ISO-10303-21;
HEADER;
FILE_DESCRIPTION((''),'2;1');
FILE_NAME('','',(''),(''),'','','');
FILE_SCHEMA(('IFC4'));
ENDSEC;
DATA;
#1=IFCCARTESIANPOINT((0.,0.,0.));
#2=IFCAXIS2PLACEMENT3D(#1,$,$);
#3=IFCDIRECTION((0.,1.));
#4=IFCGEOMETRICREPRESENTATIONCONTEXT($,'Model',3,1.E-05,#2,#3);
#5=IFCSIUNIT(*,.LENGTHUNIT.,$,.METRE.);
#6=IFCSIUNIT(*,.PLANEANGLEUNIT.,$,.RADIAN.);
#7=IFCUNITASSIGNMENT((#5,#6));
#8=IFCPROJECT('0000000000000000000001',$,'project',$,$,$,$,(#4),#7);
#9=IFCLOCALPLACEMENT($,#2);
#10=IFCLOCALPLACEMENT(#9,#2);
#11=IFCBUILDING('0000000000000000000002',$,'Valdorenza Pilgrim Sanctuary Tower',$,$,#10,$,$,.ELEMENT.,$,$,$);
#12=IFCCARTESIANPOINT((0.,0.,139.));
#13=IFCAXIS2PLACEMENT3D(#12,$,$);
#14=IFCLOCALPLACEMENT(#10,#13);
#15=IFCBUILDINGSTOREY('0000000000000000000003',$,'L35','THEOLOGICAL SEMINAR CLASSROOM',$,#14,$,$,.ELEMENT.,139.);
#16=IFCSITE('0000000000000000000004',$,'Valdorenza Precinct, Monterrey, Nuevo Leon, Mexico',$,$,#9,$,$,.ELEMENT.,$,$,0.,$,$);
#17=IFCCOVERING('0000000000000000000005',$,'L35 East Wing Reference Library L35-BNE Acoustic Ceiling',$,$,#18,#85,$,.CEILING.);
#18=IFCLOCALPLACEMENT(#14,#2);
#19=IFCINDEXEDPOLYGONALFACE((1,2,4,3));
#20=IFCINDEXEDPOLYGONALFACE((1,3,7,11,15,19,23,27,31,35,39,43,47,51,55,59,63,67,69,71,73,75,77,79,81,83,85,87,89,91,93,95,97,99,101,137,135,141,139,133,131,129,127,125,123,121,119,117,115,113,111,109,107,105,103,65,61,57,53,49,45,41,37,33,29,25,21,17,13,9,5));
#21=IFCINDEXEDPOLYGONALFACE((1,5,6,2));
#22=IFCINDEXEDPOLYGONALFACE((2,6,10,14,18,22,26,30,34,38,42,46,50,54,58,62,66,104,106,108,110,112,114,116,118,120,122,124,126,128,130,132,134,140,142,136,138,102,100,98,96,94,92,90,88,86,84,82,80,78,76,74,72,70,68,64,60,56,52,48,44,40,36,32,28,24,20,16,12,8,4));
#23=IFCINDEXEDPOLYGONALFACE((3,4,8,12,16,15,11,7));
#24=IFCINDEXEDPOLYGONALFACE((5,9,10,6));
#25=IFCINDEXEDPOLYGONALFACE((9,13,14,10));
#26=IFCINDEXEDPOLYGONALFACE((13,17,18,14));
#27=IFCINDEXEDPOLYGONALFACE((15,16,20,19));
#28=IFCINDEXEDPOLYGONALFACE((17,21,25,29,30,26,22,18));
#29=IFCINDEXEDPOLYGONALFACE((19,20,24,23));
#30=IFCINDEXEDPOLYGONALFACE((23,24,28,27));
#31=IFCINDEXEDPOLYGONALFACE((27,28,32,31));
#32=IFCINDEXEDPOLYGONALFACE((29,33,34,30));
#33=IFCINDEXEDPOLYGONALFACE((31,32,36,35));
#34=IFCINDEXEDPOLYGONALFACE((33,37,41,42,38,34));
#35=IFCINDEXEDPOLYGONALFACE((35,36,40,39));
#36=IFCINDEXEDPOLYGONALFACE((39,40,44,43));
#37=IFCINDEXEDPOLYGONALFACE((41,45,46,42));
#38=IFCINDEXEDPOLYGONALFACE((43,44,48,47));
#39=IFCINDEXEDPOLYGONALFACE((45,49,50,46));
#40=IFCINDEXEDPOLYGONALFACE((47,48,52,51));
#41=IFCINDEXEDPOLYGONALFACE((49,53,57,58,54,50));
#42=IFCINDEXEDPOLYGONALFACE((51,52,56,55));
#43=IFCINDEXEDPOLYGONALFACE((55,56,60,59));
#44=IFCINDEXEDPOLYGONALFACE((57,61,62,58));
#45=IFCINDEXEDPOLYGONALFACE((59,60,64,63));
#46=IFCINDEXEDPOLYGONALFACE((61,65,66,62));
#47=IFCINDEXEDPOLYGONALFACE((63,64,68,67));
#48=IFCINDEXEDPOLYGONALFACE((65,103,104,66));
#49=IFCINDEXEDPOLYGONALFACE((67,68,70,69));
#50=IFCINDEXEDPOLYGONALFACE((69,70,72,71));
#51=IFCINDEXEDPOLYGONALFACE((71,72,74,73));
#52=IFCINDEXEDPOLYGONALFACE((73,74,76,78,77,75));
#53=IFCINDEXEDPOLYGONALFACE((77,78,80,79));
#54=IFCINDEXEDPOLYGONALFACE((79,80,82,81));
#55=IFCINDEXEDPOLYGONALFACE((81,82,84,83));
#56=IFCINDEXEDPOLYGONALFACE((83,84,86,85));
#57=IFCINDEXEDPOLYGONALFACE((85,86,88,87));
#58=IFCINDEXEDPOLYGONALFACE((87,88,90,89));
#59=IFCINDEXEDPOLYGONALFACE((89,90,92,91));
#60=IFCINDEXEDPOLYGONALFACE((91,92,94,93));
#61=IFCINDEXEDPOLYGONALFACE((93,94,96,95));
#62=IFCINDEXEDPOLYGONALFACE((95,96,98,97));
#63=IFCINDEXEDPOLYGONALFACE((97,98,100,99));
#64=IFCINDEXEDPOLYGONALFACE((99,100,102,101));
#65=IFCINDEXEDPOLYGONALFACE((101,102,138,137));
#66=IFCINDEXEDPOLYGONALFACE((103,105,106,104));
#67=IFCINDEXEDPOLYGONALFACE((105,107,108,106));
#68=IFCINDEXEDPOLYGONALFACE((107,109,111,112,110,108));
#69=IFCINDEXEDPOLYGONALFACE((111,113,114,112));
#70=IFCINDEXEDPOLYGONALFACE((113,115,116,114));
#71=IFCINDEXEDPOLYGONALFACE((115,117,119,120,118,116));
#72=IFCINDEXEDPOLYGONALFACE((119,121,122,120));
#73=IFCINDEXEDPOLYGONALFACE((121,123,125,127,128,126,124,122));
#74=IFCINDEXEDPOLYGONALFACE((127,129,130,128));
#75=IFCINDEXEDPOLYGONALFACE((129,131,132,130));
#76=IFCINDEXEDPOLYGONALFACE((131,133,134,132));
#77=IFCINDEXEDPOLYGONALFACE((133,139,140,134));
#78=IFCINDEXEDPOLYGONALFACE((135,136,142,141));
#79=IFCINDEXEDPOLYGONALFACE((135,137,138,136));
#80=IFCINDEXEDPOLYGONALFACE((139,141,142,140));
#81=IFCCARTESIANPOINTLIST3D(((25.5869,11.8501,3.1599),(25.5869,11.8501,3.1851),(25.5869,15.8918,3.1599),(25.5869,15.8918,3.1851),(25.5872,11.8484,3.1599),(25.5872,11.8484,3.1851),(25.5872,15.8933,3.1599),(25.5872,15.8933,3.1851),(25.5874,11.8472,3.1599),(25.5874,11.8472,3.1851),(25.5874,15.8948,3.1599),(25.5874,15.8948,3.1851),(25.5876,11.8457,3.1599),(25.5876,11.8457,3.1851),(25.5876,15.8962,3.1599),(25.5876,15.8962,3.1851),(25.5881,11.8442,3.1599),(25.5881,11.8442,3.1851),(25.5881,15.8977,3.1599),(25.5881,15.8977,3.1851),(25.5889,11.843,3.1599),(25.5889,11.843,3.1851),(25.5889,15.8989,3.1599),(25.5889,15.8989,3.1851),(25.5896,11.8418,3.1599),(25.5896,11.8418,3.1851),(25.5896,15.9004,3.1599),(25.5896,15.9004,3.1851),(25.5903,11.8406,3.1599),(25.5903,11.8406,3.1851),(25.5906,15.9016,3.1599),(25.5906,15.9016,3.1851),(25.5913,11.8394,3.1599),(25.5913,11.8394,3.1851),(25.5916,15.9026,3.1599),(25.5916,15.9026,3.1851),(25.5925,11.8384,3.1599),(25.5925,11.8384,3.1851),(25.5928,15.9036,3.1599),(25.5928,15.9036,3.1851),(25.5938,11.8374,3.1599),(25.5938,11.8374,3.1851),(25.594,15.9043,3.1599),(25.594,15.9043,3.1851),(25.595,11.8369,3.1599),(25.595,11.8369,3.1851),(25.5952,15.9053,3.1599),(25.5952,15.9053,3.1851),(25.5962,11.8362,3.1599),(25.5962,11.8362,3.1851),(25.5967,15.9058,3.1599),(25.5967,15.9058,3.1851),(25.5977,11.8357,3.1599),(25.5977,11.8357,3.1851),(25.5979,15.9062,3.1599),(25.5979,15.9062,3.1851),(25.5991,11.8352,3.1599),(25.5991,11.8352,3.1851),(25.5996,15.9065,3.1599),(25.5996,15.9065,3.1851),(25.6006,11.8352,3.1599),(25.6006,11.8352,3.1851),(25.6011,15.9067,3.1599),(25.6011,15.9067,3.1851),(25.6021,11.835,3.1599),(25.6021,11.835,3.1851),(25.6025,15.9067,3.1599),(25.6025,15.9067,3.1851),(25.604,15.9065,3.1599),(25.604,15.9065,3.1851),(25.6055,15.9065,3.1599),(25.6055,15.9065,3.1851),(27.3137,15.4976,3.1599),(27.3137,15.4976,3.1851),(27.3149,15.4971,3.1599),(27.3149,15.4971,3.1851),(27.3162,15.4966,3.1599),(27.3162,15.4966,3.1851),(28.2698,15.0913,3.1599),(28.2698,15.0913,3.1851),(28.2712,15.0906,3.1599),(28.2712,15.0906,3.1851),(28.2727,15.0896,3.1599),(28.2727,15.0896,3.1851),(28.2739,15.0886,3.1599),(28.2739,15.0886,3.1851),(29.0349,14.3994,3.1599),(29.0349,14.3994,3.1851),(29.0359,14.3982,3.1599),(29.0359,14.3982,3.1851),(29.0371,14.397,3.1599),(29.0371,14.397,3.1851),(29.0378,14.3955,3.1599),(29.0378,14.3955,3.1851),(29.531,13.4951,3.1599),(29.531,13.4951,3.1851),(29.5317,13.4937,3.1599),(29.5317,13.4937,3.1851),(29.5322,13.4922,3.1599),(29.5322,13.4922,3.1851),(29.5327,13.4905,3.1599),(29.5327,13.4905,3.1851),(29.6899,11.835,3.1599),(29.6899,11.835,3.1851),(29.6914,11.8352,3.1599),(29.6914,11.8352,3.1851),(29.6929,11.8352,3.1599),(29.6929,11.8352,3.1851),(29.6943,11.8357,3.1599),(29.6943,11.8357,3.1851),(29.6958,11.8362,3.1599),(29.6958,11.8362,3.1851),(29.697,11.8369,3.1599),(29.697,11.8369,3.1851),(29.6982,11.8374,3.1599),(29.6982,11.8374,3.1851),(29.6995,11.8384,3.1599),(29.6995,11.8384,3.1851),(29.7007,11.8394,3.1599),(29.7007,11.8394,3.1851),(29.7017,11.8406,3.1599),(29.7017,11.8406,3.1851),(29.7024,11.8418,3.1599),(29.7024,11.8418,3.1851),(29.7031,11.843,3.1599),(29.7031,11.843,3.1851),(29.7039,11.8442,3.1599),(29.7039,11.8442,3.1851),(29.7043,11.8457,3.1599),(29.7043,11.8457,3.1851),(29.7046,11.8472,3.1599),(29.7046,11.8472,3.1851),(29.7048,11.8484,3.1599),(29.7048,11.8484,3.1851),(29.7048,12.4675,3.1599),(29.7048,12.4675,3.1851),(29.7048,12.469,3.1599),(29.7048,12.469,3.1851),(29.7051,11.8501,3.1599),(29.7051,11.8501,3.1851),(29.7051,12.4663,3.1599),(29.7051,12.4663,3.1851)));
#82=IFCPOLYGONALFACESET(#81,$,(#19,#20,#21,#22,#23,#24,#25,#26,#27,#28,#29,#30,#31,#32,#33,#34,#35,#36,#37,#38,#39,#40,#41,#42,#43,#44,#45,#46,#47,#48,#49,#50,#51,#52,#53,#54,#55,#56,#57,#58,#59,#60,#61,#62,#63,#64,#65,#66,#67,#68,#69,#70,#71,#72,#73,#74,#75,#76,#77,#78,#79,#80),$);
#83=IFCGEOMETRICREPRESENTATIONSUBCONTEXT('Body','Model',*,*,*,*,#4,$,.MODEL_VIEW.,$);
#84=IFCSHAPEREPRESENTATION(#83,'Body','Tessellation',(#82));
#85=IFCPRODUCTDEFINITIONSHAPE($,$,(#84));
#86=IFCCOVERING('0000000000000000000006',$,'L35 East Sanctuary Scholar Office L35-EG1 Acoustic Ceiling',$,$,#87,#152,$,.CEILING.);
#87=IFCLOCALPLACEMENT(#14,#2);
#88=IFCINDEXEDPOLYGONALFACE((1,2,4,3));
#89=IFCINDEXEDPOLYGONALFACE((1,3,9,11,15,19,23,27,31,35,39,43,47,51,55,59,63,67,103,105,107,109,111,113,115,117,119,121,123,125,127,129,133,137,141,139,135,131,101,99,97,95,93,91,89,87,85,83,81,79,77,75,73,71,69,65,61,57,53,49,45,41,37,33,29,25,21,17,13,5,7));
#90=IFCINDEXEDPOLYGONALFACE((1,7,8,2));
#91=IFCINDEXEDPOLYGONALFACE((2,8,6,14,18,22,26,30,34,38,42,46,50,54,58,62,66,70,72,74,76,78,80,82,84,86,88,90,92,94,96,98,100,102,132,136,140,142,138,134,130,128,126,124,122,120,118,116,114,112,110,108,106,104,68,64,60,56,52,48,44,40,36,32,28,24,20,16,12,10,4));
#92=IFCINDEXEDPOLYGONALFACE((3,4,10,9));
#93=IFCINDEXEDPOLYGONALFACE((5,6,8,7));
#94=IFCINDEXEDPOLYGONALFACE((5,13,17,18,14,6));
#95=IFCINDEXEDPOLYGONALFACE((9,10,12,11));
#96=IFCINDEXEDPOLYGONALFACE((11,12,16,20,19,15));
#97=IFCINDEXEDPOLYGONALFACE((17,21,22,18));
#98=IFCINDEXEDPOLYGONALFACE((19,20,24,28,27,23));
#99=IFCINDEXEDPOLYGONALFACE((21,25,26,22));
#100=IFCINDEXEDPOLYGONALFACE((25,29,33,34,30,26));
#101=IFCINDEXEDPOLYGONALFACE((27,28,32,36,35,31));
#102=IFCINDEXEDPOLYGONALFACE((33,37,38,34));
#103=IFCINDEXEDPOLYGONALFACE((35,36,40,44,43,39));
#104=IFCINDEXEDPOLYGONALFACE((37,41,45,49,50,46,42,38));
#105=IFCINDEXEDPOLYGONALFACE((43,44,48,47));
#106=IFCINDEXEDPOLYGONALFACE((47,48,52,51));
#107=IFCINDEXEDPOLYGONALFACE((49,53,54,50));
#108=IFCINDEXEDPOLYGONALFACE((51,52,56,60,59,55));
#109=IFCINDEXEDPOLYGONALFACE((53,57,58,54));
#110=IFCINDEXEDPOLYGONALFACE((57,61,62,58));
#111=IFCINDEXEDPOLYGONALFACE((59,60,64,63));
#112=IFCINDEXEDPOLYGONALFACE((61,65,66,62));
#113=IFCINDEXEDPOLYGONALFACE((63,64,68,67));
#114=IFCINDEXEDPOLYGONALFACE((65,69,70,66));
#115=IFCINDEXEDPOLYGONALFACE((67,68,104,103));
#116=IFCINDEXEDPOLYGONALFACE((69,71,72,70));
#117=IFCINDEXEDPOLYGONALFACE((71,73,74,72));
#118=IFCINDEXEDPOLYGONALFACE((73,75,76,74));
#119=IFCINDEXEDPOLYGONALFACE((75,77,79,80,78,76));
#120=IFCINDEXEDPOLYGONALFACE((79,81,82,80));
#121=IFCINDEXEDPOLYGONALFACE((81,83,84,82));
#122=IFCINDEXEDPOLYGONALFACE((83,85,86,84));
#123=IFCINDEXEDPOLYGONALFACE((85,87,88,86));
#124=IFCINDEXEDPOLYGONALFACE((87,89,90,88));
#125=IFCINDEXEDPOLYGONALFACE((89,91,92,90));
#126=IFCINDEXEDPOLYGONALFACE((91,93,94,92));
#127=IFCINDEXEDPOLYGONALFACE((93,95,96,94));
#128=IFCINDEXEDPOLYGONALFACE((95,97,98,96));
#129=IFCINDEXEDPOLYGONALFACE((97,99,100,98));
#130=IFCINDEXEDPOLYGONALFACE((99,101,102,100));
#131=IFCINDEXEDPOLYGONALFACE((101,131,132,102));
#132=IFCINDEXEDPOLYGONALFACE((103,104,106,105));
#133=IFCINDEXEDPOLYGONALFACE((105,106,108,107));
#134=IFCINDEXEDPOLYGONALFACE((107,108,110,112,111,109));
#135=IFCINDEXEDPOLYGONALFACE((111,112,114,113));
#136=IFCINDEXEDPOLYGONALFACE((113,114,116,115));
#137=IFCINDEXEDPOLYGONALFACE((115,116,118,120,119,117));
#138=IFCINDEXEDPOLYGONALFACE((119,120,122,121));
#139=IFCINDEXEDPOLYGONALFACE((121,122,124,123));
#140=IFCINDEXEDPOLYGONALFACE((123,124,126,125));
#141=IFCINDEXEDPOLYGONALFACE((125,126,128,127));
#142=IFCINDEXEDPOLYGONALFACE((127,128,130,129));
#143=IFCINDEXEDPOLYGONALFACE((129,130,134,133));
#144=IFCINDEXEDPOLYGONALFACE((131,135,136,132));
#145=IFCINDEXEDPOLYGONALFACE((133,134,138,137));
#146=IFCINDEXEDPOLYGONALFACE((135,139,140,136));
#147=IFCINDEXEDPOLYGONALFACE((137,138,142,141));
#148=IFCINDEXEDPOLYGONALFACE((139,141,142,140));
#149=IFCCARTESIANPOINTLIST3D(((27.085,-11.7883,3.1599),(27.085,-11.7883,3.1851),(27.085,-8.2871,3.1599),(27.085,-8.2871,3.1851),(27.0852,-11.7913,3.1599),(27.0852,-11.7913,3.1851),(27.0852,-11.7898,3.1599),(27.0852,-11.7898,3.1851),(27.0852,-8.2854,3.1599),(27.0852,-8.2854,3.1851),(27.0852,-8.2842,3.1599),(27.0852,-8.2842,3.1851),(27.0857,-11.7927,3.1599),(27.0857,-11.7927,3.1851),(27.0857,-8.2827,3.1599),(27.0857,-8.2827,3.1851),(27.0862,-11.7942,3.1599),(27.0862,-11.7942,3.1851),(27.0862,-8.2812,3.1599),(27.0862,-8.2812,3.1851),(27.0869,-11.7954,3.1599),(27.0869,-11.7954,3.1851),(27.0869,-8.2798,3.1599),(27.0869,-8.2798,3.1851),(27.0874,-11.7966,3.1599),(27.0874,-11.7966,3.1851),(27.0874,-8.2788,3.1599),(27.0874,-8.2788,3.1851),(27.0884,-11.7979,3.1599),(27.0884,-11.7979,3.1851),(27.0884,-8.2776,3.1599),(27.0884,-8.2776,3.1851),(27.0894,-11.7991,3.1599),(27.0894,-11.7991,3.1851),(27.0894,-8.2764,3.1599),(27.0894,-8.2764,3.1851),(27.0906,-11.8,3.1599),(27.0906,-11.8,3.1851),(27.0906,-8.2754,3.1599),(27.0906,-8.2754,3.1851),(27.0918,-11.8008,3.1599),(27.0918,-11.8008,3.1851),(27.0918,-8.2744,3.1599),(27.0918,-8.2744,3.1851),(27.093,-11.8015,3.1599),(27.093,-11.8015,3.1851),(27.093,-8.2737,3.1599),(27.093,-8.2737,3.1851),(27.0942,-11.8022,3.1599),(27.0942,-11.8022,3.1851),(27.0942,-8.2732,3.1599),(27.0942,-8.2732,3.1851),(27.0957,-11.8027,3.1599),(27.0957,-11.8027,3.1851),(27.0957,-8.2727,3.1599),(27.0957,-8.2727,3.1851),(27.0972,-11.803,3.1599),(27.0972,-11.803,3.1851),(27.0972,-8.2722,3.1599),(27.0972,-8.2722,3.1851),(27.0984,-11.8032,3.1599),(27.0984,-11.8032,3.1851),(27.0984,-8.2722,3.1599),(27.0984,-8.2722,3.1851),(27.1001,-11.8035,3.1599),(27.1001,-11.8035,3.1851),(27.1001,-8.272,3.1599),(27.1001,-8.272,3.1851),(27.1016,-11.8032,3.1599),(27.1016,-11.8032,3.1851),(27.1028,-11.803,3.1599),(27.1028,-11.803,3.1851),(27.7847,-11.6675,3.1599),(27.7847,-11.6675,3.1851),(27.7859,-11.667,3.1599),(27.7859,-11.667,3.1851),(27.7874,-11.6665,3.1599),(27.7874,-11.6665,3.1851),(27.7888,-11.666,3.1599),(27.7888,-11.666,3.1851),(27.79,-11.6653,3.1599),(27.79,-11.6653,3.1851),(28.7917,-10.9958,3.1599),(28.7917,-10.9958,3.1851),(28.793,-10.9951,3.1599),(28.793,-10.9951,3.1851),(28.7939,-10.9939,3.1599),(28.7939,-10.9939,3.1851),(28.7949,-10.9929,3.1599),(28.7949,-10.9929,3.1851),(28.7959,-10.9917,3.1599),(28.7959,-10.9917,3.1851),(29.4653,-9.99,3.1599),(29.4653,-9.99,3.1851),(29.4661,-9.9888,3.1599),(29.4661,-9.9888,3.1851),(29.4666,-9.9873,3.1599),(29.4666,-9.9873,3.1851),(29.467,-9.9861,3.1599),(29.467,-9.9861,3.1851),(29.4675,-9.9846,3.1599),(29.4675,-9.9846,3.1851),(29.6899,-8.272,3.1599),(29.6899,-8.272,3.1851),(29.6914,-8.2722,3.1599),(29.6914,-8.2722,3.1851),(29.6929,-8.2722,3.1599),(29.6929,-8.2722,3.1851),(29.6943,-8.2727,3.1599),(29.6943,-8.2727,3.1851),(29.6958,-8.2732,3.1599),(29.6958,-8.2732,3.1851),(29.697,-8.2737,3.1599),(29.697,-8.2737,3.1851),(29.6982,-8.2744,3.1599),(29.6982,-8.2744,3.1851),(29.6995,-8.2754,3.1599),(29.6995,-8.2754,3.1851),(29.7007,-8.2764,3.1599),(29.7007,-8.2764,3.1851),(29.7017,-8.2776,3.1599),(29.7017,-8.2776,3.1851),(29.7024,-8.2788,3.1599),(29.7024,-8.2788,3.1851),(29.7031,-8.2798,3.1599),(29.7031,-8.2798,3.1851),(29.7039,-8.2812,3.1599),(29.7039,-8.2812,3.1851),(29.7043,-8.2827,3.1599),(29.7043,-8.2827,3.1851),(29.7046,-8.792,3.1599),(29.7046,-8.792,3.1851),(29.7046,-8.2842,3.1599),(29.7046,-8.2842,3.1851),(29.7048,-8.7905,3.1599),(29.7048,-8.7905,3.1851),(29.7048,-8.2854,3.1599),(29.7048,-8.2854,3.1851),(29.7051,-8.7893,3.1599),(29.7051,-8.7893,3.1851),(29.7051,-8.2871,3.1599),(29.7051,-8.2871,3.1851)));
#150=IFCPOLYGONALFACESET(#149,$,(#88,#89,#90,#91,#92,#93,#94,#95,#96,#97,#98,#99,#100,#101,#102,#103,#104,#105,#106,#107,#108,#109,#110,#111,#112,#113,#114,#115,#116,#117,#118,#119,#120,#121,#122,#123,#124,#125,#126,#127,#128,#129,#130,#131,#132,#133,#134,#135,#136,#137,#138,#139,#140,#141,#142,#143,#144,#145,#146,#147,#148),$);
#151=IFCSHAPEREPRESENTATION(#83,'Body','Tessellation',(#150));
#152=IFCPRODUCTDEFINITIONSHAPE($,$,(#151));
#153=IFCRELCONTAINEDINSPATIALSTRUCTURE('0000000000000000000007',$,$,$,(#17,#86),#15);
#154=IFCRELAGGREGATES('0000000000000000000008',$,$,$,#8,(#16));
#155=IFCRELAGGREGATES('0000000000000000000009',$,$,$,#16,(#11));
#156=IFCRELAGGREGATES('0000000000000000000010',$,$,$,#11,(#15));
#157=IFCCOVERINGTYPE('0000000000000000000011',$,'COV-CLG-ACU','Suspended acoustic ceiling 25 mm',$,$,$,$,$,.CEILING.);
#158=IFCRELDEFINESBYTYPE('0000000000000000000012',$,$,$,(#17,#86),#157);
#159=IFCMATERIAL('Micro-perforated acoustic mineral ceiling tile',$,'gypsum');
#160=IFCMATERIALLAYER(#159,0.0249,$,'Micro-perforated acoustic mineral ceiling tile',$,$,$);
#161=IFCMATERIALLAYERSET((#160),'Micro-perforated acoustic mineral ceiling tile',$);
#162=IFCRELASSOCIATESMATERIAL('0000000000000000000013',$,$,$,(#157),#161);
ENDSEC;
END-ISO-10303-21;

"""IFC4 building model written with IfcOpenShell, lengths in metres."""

from ifc_helpers import new_model, si_unit, direction, frame, origin, place, context, subcontext, project, spatial, polyline, outline, extrude, material, layer, layer_set, type_object, element, save


model = new_model("IFC4")

# Units and contexts
model_context = context("Model", 3, precision=1e-05, world=origin(), true_north=direction((0.0, 1.0)))
body_context = subcontext(model_context, "Body", "Model", "MODEL_VIEW")
ifc_project = project(units=[si_unit("LENGTHUNIT", "METRE"), si_unit("PLANEANGLEUNIT", "RADIAN")], contexts=[model_context])

# Site, building, storey
site_placement = place(None, origin())
site = spatial("IfcSite", under=ifc_project, at=site_placement, Name="Valdorenza Precinct, Monterrey, Nuevo Leon, Mexico", CompositionType="ELEMENT", RefElevation=0.0)
building_placement = place(site_placement, origin())
building = spatial("IfcBuilding", under=site, at=building_placement, Name="Valdorenza Pilgrim Sanctuary Tower", CompositionType="ELEMENT")
storey_placement = place(building_placement, frame((0.0, 0.0, 139.0)))
storey = spatial("IfcBuildingStorey", under=building, at=storey_placement, Name="L35", Description="THEOLOGICAL SEMINAR CLASSROOM", CompositionType="ELEMENT", Elevation=139.0)

# Coverings
ifc_material_1 = material(Name="Micro-perforated acoustic mineral ceiling tile", Category="gypsum")
ifc_layer_1 = layer(ifc_material_1, 0.0249, Name="Micro-perforated acoustic mineral ceiling tile")
ifc_layer_set_1 = layer_set([ifc_layer_1], Name="Micro-perforated acoustic mineral ceiling tile")
covering_type_1 = type_object("IfcCoveringType", Name="COV-CLG-ACU", Description="Suspended acoustic ceiling 25 mm", PredefinedType="CEILING", material=ifc_layer_set_1)
covering_1_placement = place(storey_placement, frame((0.0, 0.0, 3.1599)))
element("IfcCovering", 1, at=covering_1_placement, inside=storey, type_object=covering_type_1, Name="L35 East Wing Reference Library L35-BNE Acoustic Ceiling", PredefinedType="CEILING", context=body_context, shape_type="SweptSolid", body=[
    extrude(outline(polyline([(27.3137, 15.4976), (27.3149, 15.4971), (27.3162, 15.4966), (28.2698, 15.0913), (28.2712, 15.0906), (28.2727, 15.0896), (28.2739, 15.0886), (29.0349, 14.3994), (29.0359, 14.3982), (29.0371, 14.397), (29.0378, 14.3955), (29.531, 13.4951), (29.5317, 13.4937), (29.5322, 13.4922), (29.5327, 13.4905), (29.7048, 12.469), (29.7048, 12.4675), (29.7051, 12.4663), (29.7051, 11.8501), (29.7048, 11.8484), (29.7046, 11.8472), (29.7043, 11.8457), (29.7039, 11.8442), (29.7031, 11.843), (29.7024, 11.8418), (29.7017, 11.8406), (29.7007, 11.8394), (29.6995, 11.8384), (29.6982, 11.8374), (29.697, 11.8369), (29.6958, 11.8362), (29.6943, 11.8357), (29.6929, 11.8352), (29.6914, 11.8352), (29.6899, 11.835), (25.6021, 11.835), (25.6006, 11.8352), (25.5991, 11.8352), (25.5977, 11.8357), (25.5962, 11.8362), (25.595, 11.8369), (25.5938, 11.8374), (25.5925, 11.8384), (25.5913, 11.8394), (25.5903, 11.8406), (25.5896, 11.8418), (25.5889, 11.843), (25.5881, 11.8442), (25.5876, 11.8457), (25.5874, 11.8472), (25.5872, 11.8484), (25.5869, 11.8501), (25.5869, 15.8918), (25.5872, 15.8933), (25.5874, 15.8948), (25.5876, 15.8962), (25.5881, 15.8977), (25.5889, 15.8989), (25.5896, 15.9004), (25.5906, 15.9016), (25.5916, 15.9026), (25.5928, 15.9036), (25.594, 15.9043), (25.5952, 15.9053), (25.5967, 15.9058), (25.5979, 15.9062), (25.5996, 15.9065), (25.6011, 15.9067), (25.6025, 15.9067), (25.604, 15.9065), (25.6055, 15.9065), (27.3137, 15.4976)])), origin(), (0.0, 0.0, 1.0), 0.0251),
])
covering_2_placement = place(storey_placement, frame((0.0, 0.0, 3.1599)))
element("IfcCovering", 2, at=covering_2_placement, inside=storey, type_object=covering_type_1, Name="L35 East Sanctuary Scholar Office L35-EG1 Acoustic Ceiling", PredefinedType="CEILING", context=body_context, shape_type="SweptSolid", body=[
    extrude(outline(polyline([(29.4675, -9.9846), (29.467, -9.9861), (29.4666, -9.9873), (29.4661, -9.9888), (29.4653, -9.99), (28.7959, -10.9917), (28.7949, -10.9929), (28.7939, -10.9939), (28.793, -10.9951), (28.7917, -10.9958), (27.79, -11.6653), (27.7888, -11.666), (27.7874, -11.6665), (27.7859, -11.667), (27.7847, -11.6675), (27.1028, -11.803), (27.1016, -11.8032), (27.1001, -11.8035), (27.0984, -11.8032), (27.0972, -11.803), (27.0957, -11.8027), (27.0942, -11.8022), (27.093, -11.8015), (27.0918, -11.8008), (27.0906, -11.8), (27.0894, -11.7991), (27.0884, -11.7979), (27.0874, -11.7966), (27.0869, -11.7954), (27.0862, -11.7942), (27.0857, -11.7927), (27.0852, -11.7913), (27.0852, -11.7898), (27.085, -11.7883), (27.085, -8.2871), (27.0852, -8.2854), (27.0852, -8.2842), (27.0857, -8.2827), (27.0862, -8.2812), (27.0869, -8.2798), (27.0874, -8.2788), (27.0884, -8.2776), (27.0894, -8.2764), (27.0906, -8.2754), (27.0918, -8.2744), (27.093, -8.2737), (27.0942, -8.2732), (27.0957, -8.2727), (27.0972, -8.2722), (27.0984, -8.2722), (27.1001, -8.272), (29.6899, -8.272), (29.6914, -8.2722), (29.6929, -8.2722), (29.6943, -8.2727), (29.6958, -8.2732), (29.697, -8.2737), (29.6982, -8.2744), (29.6995, -8.2754), (29.7007, -8.2764), (29.7017, -8.2776), (29.7024, -8.2788), (29.7031, -8.2798), (29.7039, -8.2812), (29.7043, -8.2827), (29.7046, -8.2842), (29.7048, -8.2854), (29.7051, -8.2871), (29.7051, -8.7893), (29.7048, -8.7905), (29.7046, -8.792), (29.4675, -9.9846)])), origin(), (0.0, 0.0, 1.0), 0.0251),
])

save(model, "model.ifc")
